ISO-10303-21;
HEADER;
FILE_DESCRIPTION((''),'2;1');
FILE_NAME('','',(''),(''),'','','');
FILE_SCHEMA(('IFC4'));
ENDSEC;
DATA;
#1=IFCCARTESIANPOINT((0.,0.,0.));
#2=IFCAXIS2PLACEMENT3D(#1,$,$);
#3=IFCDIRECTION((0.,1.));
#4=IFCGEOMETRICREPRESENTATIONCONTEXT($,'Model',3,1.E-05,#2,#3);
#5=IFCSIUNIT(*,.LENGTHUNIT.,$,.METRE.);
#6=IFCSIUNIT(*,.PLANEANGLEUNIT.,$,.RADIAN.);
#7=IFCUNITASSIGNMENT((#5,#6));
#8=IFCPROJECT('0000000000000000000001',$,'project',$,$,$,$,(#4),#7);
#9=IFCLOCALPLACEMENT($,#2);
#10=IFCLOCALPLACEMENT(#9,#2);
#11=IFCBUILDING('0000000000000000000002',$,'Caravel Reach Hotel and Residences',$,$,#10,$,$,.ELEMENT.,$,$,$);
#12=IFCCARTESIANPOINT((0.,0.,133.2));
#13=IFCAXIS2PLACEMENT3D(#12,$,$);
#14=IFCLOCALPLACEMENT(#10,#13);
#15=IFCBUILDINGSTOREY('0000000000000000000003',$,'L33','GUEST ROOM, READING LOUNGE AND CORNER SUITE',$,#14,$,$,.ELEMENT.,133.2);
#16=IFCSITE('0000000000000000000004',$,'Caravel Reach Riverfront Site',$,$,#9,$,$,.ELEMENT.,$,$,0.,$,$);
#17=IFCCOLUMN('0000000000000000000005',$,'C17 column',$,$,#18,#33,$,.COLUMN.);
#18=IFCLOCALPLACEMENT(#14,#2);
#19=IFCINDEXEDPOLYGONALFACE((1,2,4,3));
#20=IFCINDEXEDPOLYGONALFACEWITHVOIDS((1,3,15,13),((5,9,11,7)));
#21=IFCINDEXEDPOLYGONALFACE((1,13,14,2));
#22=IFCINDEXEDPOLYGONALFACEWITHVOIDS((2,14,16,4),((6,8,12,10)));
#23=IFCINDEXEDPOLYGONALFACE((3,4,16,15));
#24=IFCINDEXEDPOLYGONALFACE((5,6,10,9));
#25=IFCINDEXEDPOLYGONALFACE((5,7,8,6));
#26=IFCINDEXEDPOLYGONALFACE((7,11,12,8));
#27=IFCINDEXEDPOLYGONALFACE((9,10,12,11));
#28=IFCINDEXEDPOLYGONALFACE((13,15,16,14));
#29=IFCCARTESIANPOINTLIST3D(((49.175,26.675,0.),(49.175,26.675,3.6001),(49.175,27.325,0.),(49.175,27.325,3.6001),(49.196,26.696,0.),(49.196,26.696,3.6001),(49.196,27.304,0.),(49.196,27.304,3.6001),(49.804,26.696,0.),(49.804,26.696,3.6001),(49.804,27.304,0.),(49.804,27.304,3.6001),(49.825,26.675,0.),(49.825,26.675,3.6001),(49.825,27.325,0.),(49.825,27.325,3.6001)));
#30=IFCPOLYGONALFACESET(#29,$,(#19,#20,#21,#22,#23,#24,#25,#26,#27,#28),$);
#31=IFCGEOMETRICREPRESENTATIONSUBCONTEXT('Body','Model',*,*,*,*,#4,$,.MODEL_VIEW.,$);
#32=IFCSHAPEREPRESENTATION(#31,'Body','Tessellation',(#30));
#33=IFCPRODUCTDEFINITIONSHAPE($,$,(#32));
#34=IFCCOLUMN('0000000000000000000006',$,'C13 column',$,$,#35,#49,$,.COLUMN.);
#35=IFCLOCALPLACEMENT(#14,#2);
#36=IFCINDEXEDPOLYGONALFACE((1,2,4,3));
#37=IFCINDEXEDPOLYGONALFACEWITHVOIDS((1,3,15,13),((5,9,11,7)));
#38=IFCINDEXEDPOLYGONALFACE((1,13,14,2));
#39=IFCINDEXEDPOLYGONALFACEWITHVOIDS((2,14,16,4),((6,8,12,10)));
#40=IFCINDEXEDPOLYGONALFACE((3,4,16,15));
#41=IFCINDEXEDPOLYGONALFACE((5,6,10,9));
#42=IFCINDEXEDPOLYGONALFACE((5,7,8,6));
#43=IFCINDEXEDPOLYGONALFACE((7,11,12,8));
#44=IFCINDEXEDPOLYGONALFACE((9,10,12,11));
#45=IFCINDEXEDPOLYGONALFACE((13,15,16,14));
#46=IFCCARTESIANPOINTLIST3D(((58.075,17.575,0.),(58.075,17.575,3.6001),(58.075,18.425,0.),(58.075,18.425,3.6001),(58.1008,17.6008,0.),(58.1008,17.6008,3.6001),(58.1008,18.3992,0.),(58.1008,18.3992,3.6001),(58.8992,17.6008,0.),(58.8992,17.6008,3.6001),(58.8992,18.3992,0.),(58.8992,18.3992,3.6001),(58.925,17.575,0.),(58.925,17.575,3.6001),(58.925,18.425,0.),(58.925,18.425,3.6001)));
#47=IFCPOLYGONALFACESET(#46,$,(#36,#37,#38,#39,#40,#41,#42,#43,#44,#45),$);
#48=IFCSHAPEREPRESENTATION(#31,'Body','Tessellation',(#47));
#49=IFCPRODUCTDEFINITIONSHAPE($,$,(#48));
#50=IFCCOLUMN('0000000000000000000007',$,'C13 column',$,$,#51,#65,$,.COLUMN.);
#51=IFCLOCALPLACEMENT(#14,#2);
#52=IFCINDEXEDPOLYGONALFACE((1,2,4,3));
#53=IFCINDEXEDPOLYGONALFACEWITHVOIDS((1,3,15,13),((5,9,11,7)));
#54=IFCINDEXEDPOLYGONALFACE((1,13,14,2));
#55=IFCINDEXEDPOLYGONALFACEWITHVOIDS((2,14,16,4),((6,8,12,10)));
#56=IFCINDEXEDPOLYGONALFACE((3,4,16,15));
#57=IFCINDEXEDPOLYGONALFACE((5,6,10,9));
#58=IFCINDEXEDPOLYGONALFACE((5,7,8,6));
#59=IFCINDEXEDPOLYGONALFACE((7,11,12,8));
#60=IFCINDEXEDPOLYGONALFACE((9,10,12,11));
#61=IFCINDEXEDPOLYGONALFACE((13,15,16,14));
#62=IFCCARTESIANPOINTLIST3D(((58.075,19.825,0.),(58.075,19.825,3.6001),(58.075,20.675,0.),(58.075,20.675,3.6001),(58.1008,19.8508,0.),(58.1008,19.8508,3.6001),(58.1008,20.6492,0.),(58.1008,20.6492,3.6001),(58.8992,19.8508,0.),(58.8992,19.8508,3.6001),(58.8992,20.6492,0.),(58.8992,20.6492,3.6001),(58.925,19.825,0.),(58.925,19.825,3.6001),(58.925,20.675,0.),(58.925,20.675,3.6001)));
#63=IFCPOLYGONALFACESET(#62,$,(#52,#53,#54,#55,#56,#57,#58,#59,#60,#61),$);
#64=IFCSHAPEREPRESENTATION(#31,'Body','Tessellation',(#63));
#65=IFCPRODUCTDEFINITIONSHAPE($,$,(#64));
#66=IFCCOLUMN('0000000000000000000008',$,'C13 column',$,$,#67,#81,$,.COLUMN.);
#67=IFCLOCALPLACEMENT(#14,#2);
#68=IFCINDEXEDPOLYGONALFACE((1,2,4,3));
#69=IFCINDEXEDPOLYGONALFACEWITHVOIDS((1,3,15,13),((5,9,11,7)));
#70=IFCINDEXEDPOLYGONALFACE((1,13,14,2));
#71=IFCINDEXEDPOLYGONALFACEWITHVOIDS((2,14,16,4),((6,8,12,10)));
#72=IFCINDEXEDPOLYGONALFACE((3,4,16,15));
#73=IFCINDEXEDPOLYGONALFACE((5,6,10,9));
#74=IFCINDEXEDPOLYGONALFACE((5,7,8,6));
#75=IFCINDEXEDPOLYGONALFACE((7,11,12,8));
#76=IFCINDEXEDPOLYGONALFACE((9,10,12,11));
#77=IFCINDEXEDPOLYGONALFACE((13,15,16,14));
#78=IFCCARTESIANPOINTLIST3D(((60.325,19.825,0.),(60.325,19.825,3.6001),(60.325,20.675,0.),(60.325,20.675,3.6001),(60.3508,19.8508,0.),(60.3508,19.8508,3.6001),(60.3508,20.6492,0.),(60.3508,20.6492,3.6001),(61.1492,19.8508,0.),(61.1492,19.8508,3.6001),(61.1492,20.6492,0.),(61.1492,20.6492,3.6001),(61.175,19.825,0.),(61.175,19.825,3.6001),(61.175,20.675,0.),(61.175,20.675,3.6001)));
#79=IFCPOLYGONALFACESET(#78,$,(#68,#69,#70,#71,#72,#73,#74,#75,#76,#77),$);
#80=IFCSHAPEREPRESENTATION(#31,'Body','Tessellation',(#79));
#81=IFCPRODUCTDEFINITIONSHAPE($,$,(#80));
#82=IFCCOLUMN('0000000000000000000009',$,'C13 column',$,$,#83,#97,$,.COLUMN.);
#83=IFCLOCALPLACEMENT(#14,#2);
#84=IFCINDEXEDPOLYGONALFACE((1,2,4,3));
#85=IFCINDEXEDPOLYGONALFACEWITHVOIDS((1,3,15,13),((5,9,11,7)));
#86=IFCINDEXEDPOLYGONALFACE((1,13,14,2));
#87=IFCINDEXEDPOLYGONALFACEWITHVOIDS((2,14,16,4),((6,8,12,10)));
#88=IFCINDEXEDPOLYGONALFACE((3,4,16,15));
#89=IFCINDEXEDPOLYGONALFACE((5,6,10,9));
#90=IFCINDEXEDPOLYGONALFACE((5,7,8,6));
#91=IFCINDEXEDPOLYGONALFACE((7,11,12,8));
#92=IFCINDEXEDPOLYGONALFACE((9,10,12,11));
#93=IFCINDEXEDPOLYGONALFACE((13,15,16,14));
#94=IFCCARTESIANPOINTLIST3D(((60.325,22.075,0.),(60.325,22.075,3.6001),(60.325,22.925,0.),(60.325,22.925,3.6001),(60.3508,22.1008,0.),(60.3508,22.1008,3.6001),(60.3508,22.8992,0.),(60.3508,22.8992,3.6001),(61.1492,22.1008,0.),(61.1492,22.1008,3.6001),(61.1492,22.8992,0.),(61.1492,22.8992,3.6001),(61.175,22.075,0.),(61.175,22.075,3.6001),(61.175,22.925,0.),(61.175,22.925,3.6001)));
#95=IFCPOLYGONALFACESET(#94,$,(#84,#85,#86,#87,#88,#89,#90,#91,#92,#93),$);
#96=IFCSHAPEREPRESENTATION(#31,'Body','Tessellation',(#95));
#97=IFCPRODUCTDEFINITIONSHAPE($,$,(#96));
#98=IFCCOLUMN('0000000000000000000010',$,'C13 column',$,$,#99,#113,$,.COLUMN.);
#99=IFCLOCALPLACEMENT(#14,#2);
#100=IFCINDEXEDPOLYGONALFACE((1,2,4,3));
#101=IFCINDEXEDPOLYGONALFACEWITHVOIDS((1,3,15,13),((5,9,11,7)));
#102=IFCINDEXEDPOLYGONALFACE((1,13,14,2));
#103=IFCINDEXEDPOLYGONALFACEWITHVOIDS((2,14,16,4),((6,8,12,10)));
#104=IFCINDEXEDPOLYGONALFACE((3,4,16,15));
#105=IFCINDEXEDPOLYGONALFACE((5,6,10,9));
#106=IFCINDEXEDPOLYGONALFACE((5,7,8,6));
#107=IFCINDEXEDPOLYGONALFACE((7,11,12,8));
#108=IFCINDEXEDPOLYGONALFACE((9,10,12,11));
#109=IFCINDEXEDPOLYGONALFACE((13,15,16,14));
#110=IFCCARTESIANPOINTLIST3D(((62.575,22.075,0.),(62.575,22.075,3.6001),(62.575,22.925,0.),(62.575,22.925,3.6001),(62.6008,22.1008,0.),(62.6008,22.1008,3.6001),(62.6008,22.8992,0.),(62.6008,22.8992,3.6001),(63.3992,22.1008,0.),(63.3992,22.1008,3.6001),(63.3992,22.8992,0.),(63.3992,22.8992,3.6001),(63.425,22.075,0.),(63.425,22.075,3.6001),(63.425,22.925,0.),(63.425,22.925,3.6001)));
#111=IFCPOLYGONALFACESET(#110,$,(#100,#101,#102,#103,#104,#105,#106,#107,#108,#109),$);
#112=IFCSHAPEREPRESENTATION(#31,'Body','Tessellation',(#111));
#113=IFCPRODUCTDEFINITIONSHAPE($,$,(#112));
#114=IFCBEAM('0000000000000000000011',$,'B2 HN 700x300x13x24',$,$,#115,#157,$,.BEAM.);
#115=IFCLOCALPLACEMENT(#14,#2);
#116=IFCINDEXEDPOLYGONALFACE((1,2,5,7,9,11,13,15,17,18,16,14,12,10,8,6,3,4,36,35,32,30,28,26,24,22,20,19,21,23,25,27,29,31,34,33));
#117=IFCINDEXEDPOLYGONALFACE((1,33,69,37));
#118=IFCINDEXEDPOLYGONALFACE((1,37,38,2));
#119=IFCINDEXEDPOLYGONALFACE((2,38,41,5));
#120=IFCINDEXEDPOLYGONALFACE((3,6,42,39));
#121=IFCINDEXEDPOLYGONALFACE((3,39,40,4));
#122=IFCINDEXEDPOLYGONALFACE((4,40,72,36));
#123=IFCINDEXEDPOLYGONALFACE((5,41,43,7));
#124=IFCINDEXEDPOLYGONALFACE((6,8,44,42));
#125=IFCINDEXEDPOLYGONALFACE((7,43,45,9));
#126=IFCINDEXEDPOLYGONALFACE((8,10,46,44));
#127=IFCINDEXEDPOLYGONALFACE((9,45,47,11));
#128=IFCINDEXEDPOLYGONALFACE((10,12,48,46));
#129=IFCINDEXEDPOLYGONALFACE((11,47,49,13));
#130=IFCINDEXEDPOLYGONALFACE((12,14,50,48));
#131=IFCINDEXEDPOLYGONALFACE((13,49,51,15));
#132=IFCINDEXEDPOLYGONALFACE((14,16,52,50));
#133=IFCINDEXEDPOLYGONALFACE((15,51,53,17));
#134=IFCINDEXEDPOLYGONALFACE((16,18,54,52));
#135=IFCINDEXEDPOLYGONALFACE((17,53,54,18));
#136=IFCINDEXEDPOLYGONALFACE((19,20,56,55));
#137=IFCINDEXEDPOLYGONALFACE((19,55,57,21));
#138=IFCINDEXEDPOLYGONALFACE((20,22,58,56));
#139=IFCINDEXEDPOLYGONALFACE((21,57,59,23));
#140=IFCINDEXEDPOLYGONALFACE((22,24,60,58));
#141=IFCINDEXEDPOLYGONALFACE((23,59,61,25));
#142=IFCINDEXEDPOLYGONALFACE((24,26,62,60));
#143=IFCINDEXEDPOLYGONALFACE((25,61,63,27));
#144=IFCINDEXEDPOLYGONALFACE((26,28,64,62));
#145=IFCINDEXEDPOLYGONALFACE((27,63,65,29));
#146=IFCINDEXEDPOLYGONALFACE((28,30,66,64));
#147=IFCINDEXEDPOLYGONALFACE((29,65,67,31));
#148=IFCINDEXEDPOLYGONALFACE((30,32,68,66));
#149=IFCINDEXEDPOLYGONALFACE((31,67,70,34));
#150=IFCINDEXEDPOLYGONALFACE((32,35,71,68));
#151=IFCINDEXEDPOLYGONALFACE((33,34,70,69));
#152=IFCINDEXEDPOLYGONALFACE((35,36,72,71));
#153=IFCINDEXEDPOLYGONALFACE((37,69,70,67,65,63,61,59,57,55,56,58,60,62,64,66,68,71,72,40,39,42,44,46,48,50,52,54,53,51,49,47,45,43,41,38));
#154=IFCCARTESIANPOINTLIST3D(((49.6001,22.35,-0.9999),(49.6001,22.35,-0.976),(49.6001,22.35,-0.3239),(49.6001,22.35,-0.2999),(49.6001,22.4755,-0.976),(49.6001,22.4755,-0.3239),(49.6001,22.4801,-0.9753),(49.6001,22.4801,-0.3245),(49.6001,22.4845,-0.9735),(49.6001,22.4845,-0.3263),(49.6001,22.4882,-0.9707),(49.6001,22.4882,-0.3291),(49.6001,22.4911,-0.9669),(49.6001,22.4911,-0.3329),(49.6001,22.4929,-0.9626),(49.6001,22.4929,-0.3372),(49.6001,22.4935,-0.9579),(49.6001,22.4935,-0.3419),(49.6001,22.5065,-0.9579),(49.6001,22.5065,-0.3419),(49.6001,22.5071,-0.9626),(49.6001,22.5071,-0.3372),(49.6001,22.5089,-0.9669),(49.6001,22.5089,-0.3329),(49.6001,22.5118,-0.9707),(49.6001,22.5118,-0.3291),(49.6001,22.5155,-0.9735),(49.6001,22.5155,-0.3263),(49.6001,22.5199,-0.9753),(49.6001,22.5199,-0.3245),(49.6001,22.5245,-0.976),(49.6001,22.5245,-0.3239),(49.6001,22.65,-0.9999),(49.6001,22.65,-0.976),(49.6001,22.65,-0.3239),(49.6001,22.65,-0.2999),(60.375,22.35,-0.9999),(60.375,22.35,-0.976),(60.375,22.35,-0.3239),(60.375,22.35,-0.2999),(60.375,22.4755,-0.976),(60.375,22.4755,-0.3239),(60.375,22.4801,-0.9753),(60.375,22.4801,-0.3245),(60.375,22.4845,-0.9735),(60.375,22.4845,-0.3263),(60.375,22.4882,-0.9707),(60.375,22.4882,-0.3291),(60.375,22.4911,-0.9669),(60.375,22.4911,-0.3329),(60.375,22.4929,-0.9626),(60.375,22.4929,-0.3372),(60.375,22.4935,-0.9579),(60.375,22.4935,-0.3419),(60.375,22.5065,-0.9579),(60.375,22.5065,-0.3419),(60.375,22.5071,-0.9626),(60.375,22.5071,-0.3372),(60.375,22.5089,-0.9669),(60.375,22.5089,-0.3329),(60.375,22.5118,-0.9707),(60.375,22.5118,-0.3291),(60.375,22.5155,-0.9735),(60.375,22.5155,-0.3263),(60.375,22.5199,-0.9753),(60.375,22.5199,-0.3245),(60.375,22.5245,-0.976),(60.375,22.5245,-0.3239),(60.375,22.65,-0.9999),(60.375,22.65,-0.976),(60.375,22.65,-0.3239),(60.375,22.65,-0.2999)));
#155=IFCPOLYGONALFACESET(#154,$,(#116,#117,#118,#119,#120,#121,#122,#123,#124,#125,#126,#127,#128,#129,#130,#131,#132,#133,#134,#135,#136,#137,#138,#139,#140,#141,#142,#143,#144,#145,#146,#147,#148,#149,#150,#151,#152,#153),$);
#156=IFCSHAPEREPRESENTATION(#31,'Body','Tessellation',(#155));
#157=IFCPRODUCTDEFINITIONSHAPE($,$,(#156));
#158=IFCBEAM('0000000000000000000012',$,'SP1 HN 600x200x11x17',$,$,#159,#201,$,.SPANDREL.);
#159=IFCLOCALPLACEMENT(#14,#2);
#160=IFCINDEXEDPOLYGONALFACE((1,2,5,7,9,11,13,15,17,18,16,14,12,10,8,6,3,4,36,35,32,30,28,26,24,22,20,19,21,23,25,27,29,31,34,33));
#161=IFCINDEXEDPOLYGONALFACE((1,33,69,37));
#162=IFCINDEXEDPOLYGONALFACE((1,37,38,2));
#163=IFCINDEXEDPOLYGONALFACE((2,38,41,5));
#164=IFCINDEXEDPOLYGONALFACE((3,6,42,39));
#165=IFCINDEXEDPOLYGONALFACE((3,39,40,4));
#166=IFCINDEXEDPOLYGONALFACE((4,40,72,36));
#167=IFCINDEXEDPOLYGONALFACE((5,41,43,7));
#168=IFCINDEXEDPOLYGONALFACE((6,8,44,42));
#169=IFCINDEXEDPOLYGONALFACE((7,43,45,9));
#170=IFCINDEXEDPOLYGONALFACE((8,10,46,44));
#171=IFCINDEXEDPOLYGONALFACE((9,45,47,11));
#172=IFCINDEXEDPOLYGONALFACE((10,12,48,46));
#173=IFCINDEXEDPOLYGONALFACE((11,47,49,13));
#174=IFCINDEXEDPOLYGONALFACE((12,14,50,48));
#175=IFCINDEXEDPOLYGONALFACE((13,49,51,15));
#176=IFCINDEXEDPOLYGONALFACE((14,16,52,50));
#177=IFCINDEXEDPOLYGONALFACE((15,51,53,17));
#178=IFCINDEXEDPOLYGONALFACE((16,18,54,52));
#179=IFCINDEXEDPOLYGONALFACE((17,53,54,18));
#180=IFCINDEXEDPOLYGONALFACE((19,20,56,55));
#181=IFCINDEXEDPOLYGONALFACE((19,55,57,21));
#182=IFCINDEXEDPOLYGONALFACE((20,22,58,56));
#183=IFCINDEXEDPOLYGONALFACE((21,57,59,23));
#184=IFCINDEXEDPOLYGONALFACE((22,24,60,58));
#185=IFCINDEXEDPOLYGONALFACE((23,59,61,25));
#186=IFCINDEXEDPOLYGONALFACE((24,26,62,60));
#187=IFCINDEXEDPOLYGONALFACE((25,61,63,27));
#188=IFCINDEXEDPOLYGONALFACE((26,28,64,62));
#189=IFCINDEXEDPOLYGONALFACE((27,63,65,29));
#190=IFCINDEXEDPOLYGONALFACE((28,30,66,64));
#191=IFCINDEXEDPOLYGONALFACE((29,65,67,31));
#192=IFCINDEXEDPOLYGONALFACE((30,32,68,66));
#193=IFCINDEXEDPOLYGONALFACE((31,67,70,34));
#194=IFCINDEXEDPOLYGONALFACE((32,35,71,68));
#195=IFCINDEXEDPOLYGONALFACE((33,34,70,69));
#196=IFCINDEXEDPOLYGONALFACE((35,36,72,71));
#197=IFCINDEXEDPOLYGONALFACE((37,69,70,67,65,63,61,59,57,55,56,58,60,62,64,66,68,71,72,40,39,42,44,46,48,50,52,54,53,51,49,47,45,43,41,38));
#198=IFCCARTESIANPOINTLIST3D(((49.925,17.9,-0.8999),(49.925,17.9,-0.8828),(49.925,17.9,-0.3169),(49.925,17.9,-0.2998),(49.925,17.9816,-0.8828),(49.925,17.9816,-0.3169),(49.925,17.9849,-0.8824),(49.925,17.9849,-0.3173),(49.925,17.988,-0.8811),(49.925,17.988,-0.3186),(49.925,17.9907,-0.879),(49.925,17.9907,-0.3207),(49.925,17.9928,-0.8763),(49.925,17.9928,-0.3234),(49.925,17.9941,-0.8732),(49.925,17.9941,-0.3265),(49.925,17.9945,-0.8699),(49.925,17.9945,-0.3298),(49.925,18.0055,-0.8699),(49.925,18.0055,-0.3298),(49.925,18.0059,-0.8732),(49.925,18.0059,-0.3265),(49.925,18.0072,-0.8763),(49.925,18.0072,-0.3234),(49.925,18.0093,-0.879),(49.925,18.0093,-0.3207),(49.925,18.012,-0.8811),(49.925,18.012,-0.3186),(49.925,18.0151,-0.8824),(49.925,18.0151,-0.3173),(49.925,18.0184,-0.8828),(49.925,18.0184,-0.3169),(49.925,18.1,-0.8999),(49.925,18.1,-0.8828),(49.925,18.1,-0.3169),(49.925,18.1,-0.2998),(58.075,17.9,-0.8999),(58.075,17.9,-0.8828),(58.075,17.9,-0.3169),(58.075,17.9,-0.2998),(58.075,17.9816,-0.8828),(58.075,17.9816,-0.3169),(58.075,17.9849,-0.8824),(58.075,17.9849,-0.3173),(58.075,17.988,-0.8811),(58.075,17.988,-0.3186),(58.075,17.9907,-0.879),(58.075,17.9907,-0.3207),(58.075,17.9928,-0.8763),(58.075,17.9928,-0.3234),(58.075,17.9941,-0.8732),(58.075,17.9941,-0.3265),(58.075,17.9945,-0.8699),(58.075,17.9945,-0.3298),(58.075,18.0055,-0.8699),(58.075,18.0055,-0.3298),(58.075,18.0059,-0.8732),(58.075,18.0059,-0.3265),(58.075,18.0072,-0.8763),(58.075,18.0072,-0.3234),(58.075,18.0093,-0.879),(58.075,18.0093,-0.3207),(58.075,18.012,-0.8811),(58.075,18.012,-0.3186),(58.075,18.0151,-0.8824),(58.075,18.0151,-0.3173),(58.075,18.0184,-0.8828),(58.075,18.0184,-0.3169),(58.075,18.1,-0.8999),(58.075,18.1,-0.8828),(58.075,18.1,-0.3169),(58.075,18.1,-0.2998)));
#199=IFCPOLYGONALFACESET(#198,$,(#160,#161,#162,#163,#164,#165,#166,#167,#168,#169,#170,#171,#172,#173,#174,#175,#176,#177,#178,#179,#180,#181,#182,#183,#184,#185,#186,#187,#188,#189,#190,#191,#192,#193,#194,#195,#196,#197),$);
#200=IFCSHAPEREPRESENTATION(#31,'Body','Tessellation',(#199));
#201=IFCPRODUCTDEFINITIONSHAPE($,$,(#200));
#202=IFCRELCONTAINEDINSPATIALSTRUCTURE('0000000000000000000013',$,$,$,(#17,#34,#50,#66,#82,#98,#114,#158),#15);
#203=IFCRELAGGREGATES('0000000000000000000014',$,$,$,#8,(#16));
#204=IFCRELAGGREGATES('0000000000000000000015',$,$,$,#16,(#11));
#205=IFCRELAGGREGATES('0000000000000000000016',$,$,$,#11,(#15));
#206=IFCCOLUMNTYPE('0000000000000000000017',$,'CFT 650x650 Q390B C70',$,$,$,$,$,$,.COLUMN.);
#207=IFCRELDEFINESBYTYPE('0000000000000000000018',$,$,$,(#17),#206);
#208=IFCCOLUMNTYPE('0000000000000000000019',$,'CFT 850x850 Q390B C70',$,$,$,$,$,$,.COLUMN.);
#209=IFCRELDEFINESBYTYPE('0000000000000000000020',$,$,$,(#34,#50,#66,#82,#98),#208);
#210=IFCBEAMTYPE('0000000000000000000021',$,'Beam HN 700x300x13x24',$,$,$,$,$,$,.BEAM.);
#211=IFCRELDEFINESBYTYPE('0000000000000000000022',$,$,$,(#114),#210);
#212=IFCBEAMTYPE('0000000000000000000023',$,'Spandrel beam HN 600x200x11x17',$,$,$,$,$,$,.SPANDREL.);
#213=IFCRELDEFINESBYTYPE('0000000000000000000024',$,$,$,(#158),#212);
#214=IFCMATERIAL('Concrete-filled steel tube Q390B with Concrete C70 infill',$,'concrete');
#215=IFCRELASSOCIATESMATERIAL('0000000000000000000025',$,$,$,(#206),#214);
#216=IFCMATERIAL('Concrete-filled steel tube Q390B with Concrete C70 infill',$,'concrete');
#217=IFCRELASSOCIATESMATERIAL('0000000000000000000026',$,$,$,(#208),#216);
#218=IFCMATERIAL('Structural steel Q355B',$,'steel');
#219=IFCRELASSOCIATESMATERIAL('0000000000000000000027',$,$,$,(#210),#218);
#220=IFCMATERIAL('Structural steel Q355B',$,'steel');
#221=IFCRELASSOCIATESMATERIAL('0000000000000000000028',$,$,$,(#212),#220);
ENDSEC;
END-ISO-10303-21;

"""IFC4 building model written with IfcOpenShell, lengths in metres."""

from ifc_helpers import new_model, si_unit, direction, frame, origin, origin_2d, place, context, subcontext, project, spatial, hollow_rectangle, i_section, extrude, material, material_profile, profile_set, type_object, element, save


model = new_model("IFC4")

# Units and contexts
model_context = context("Model", 3, precision=1e-05, world=origin(), true_north=direction((0.0, 1.0)))
body_context = subcontext(model_context, "Body", "Model", "MODEL_VIEW")
ifc_project = project(units=[si_unit("LENGTHUNIT", "METRE"), si_unit("PLANEANGLEUNIT", "RADIAN")], contexts=[model_context])

# Site, building, storey
site_placement = place(None, origin())
site = spatial("IfcSite", under=ifc_project, at=site_placement, Name="Caravel Reach Riverfront Site", CompositionType="ELEMENT", RefElevation=0.0)
building_placement = place(site_placement, origin())
building = spatial("IfcBuilding", under=site, at=building_placement, Name="Caravel Reach Hotel and Residences", CompositionType="ELEMENT")
storey_placement = place(building_placement, frame((0.0, 0.0, 133.2)))
storey = spatial("IfcBuildingStorey", under=building, at=storey_placement, Name="L33", Description="GUEST ROOM, READING LOUNGE AND CORNER SUITE", CompositionType="ELEMENT", Elevation=133.2)

# Columns
ifc_material_1 = material(Name="Concrete-filled steel tube Q390B with Concrete C70 infill", Category="concrete")
ifc_material_profile_1 = material_profile(ifc_material_1, hollow_rectangle(XDim=0.6499, YDim=0.6499, WallThickness=0.021, at=origin_2d()), Name="RHS 650x650x21")
ifc_profile_set_1 = profile_set([ifc_material_profile_1], Name="Concrete-filled steel tube Q390B with Concrete C70 infill")
column_type_1 = type_object("IfcColumnType", Name="CFT 650x650 Q390B C70", PredefinedType="COLUMN", material=ifc_profile_set_1)
column_placement = place(storey_placement, frame((49.5, 27.0, 0.0), z_axis=(0.0, 0.0, 1.0), x_axis=(1.0, 0.0, 0.0)))
element("IfcColumn", 1, at=column_placement, inside=storey, type_object=column_type_1, Name="C17 column", PredefinedType="COLUMN", context=body_context, shape_type="SweptSolid", body=[
    extrude(hollow_rectangle(XDim=0.6499, YDim=0.6499, WallThickness=0.021, at=origin_2d()), origin(), (0.0, 0.0, 1.0), 3.6001),
])
ifc_material_2 = material(Name="Concrete-filled steel tube Q390B with Concrete C70 infill", Category="concrete")
ifc_material_profile_2 = material_profile(ifc_material_2, hollow_rectangle(XDim=0.8501, YDim=0.8501, WallThickness=0.0259, at=origin_2d()), Name="RHS 850x850x26")
ifc_profile_set_2 = profile_set([ifc_material_profile_2], Name="Concrete-filled steel tube Q390B with Concrete C70 infill")
column_type_2 = type_object("IfcColumnType", Name="CFT 850x850 Q390B C70", PredefinedType="COLUMN", material=ifc_profile_set_2)
for number, where, z_axis, x_axis, name in (
    (2, (58.5, 18.0, 0.0), (0.0, 0.0, 1.0), (1.0, 0.0, 0.0), "C13 column"),
    (3, (58.5, 20.25, 0.0), (0.0, 0.0, 1.0), (1.0, 0.0, 0.0), "C13 column"),
    (4, (60.75, 20.25, 0.0), (0.0, 0.0, 1.0), (1.0, 0.0, 0.0), "C13 column"),
    (5, (60.75, 22.5, 0.0), (0.0, 0.0, 1.0), (1.0, 0.0, 0.0), "C13 column"),
    (6, (63.0, 22.5, 0.0), (0.0, 0.0, 1.0), (1.0, 0.0, 0.0), "C13 column"),
):
    element("IfcColumn", number, at=place(storey_placement, frame(where, z_axis=z_axis, x_axis=x_axis)), inside=storey, type_object=column_type_2, Name=name, PredefinedType="COLUMN", context=body_context, shape_type="SweptSolid", body=[
        extrude(hollow_rectangle(XDim=0.8501, YDim=0.8501, WallThickness=0.0259, at=origin_2d()), origin(), (0.0, 0.0, 1.0), 3.6001),
    ])

# Beams
ifc_material_3 = material(Name="Structural steel Q355B", Category="steel")
ifc_material_profile_3 = material_profile(ifc_material_3, i_section(OverallWidth=0.3, OverallDepth=0.7, WebThickness=0.0129, FlangeThickness=0.0239, FilletRadius=0.0181, at=origin_2d()), Name="HN 700x300x13x24")
ifc_profile_set_3 = profile_set([ifc_material_profile_3], Name="Structural steel Q355B")
beam_type_1 = type_object("IfcBeamType", Name="Beam HN 700x300x13x24", PredefinedType="BEAM", material=ifc_profile_set_3)
beam_1_placement = place(storey_placement, frame((49.6001, 22.5, -0.6499), z_axis=(1.0, 0.0, 0.0), x_axis=(0.0, 1.0, 0.0)))
element("IfcBeam", 7, at=beam_1_placement, inside=storey, type_object=beam_type_1, Name="B2 HN 700x300x13x24", PredefinedType="BEAM", context=body_context, shape_type="SweptSolid", body=[
    extrude(i_section(OverallWidth=0.3, OverallDepth=0.7, WebThickness=0.0129, FlangeThickness=0.0239, FilletRadius=0.0181, at=origin_2d()), origin(), (0.0, 0.0, 1.0), 10.7749),
])
ifc_material_4 = material(Name="Structural steel Q355B", Category="steel")
ifc_material_profile_4 = material_profile(ifc_material_4, i_section(OverallWidth=0.2, OverallDepth=0.6001, WebThickness=0.011, FlangeThickness=0.0171, FilletRadius=0.0129, at=origin_2d()), Name="HN 600x200x11x17")
ifc_profile_set_4 = profile_set([ifc_material_profile_4], Name="Structural steel Q355B")
beam_type_2 = type_object("IfcBeamType", Name="Spandrel beam HN 600x200x11x17", PredefinedType="SPANDREL", material=ifc_profile_set_4)
beam_2_placement = place(storey_placement, frame((49.925, 18.0, -0.5999), z_axis=(1.0, 0.0, 0.0), x_axis=(0.0, 1.0, 0.0)))
element("IfcBeam", 8, at=beam_2_placement, inside=storey, type_object=beam_type_2, Name="SP1 HN 600x200x11x17", PredefinedType="SPANDREL", context=body_context, shape_type="SweptSolid", body=[
    extrude(i_section(OverallWidth=0.2, OverallDepth=0.6001, WebThickness=0.011, FlangeThickness=0.0171, FilletRadius=0.0129, at=origin_2d()), origin(), (0.0, 0.0, 1.0), 8.1499),
])

save(model, "model.ifc")
